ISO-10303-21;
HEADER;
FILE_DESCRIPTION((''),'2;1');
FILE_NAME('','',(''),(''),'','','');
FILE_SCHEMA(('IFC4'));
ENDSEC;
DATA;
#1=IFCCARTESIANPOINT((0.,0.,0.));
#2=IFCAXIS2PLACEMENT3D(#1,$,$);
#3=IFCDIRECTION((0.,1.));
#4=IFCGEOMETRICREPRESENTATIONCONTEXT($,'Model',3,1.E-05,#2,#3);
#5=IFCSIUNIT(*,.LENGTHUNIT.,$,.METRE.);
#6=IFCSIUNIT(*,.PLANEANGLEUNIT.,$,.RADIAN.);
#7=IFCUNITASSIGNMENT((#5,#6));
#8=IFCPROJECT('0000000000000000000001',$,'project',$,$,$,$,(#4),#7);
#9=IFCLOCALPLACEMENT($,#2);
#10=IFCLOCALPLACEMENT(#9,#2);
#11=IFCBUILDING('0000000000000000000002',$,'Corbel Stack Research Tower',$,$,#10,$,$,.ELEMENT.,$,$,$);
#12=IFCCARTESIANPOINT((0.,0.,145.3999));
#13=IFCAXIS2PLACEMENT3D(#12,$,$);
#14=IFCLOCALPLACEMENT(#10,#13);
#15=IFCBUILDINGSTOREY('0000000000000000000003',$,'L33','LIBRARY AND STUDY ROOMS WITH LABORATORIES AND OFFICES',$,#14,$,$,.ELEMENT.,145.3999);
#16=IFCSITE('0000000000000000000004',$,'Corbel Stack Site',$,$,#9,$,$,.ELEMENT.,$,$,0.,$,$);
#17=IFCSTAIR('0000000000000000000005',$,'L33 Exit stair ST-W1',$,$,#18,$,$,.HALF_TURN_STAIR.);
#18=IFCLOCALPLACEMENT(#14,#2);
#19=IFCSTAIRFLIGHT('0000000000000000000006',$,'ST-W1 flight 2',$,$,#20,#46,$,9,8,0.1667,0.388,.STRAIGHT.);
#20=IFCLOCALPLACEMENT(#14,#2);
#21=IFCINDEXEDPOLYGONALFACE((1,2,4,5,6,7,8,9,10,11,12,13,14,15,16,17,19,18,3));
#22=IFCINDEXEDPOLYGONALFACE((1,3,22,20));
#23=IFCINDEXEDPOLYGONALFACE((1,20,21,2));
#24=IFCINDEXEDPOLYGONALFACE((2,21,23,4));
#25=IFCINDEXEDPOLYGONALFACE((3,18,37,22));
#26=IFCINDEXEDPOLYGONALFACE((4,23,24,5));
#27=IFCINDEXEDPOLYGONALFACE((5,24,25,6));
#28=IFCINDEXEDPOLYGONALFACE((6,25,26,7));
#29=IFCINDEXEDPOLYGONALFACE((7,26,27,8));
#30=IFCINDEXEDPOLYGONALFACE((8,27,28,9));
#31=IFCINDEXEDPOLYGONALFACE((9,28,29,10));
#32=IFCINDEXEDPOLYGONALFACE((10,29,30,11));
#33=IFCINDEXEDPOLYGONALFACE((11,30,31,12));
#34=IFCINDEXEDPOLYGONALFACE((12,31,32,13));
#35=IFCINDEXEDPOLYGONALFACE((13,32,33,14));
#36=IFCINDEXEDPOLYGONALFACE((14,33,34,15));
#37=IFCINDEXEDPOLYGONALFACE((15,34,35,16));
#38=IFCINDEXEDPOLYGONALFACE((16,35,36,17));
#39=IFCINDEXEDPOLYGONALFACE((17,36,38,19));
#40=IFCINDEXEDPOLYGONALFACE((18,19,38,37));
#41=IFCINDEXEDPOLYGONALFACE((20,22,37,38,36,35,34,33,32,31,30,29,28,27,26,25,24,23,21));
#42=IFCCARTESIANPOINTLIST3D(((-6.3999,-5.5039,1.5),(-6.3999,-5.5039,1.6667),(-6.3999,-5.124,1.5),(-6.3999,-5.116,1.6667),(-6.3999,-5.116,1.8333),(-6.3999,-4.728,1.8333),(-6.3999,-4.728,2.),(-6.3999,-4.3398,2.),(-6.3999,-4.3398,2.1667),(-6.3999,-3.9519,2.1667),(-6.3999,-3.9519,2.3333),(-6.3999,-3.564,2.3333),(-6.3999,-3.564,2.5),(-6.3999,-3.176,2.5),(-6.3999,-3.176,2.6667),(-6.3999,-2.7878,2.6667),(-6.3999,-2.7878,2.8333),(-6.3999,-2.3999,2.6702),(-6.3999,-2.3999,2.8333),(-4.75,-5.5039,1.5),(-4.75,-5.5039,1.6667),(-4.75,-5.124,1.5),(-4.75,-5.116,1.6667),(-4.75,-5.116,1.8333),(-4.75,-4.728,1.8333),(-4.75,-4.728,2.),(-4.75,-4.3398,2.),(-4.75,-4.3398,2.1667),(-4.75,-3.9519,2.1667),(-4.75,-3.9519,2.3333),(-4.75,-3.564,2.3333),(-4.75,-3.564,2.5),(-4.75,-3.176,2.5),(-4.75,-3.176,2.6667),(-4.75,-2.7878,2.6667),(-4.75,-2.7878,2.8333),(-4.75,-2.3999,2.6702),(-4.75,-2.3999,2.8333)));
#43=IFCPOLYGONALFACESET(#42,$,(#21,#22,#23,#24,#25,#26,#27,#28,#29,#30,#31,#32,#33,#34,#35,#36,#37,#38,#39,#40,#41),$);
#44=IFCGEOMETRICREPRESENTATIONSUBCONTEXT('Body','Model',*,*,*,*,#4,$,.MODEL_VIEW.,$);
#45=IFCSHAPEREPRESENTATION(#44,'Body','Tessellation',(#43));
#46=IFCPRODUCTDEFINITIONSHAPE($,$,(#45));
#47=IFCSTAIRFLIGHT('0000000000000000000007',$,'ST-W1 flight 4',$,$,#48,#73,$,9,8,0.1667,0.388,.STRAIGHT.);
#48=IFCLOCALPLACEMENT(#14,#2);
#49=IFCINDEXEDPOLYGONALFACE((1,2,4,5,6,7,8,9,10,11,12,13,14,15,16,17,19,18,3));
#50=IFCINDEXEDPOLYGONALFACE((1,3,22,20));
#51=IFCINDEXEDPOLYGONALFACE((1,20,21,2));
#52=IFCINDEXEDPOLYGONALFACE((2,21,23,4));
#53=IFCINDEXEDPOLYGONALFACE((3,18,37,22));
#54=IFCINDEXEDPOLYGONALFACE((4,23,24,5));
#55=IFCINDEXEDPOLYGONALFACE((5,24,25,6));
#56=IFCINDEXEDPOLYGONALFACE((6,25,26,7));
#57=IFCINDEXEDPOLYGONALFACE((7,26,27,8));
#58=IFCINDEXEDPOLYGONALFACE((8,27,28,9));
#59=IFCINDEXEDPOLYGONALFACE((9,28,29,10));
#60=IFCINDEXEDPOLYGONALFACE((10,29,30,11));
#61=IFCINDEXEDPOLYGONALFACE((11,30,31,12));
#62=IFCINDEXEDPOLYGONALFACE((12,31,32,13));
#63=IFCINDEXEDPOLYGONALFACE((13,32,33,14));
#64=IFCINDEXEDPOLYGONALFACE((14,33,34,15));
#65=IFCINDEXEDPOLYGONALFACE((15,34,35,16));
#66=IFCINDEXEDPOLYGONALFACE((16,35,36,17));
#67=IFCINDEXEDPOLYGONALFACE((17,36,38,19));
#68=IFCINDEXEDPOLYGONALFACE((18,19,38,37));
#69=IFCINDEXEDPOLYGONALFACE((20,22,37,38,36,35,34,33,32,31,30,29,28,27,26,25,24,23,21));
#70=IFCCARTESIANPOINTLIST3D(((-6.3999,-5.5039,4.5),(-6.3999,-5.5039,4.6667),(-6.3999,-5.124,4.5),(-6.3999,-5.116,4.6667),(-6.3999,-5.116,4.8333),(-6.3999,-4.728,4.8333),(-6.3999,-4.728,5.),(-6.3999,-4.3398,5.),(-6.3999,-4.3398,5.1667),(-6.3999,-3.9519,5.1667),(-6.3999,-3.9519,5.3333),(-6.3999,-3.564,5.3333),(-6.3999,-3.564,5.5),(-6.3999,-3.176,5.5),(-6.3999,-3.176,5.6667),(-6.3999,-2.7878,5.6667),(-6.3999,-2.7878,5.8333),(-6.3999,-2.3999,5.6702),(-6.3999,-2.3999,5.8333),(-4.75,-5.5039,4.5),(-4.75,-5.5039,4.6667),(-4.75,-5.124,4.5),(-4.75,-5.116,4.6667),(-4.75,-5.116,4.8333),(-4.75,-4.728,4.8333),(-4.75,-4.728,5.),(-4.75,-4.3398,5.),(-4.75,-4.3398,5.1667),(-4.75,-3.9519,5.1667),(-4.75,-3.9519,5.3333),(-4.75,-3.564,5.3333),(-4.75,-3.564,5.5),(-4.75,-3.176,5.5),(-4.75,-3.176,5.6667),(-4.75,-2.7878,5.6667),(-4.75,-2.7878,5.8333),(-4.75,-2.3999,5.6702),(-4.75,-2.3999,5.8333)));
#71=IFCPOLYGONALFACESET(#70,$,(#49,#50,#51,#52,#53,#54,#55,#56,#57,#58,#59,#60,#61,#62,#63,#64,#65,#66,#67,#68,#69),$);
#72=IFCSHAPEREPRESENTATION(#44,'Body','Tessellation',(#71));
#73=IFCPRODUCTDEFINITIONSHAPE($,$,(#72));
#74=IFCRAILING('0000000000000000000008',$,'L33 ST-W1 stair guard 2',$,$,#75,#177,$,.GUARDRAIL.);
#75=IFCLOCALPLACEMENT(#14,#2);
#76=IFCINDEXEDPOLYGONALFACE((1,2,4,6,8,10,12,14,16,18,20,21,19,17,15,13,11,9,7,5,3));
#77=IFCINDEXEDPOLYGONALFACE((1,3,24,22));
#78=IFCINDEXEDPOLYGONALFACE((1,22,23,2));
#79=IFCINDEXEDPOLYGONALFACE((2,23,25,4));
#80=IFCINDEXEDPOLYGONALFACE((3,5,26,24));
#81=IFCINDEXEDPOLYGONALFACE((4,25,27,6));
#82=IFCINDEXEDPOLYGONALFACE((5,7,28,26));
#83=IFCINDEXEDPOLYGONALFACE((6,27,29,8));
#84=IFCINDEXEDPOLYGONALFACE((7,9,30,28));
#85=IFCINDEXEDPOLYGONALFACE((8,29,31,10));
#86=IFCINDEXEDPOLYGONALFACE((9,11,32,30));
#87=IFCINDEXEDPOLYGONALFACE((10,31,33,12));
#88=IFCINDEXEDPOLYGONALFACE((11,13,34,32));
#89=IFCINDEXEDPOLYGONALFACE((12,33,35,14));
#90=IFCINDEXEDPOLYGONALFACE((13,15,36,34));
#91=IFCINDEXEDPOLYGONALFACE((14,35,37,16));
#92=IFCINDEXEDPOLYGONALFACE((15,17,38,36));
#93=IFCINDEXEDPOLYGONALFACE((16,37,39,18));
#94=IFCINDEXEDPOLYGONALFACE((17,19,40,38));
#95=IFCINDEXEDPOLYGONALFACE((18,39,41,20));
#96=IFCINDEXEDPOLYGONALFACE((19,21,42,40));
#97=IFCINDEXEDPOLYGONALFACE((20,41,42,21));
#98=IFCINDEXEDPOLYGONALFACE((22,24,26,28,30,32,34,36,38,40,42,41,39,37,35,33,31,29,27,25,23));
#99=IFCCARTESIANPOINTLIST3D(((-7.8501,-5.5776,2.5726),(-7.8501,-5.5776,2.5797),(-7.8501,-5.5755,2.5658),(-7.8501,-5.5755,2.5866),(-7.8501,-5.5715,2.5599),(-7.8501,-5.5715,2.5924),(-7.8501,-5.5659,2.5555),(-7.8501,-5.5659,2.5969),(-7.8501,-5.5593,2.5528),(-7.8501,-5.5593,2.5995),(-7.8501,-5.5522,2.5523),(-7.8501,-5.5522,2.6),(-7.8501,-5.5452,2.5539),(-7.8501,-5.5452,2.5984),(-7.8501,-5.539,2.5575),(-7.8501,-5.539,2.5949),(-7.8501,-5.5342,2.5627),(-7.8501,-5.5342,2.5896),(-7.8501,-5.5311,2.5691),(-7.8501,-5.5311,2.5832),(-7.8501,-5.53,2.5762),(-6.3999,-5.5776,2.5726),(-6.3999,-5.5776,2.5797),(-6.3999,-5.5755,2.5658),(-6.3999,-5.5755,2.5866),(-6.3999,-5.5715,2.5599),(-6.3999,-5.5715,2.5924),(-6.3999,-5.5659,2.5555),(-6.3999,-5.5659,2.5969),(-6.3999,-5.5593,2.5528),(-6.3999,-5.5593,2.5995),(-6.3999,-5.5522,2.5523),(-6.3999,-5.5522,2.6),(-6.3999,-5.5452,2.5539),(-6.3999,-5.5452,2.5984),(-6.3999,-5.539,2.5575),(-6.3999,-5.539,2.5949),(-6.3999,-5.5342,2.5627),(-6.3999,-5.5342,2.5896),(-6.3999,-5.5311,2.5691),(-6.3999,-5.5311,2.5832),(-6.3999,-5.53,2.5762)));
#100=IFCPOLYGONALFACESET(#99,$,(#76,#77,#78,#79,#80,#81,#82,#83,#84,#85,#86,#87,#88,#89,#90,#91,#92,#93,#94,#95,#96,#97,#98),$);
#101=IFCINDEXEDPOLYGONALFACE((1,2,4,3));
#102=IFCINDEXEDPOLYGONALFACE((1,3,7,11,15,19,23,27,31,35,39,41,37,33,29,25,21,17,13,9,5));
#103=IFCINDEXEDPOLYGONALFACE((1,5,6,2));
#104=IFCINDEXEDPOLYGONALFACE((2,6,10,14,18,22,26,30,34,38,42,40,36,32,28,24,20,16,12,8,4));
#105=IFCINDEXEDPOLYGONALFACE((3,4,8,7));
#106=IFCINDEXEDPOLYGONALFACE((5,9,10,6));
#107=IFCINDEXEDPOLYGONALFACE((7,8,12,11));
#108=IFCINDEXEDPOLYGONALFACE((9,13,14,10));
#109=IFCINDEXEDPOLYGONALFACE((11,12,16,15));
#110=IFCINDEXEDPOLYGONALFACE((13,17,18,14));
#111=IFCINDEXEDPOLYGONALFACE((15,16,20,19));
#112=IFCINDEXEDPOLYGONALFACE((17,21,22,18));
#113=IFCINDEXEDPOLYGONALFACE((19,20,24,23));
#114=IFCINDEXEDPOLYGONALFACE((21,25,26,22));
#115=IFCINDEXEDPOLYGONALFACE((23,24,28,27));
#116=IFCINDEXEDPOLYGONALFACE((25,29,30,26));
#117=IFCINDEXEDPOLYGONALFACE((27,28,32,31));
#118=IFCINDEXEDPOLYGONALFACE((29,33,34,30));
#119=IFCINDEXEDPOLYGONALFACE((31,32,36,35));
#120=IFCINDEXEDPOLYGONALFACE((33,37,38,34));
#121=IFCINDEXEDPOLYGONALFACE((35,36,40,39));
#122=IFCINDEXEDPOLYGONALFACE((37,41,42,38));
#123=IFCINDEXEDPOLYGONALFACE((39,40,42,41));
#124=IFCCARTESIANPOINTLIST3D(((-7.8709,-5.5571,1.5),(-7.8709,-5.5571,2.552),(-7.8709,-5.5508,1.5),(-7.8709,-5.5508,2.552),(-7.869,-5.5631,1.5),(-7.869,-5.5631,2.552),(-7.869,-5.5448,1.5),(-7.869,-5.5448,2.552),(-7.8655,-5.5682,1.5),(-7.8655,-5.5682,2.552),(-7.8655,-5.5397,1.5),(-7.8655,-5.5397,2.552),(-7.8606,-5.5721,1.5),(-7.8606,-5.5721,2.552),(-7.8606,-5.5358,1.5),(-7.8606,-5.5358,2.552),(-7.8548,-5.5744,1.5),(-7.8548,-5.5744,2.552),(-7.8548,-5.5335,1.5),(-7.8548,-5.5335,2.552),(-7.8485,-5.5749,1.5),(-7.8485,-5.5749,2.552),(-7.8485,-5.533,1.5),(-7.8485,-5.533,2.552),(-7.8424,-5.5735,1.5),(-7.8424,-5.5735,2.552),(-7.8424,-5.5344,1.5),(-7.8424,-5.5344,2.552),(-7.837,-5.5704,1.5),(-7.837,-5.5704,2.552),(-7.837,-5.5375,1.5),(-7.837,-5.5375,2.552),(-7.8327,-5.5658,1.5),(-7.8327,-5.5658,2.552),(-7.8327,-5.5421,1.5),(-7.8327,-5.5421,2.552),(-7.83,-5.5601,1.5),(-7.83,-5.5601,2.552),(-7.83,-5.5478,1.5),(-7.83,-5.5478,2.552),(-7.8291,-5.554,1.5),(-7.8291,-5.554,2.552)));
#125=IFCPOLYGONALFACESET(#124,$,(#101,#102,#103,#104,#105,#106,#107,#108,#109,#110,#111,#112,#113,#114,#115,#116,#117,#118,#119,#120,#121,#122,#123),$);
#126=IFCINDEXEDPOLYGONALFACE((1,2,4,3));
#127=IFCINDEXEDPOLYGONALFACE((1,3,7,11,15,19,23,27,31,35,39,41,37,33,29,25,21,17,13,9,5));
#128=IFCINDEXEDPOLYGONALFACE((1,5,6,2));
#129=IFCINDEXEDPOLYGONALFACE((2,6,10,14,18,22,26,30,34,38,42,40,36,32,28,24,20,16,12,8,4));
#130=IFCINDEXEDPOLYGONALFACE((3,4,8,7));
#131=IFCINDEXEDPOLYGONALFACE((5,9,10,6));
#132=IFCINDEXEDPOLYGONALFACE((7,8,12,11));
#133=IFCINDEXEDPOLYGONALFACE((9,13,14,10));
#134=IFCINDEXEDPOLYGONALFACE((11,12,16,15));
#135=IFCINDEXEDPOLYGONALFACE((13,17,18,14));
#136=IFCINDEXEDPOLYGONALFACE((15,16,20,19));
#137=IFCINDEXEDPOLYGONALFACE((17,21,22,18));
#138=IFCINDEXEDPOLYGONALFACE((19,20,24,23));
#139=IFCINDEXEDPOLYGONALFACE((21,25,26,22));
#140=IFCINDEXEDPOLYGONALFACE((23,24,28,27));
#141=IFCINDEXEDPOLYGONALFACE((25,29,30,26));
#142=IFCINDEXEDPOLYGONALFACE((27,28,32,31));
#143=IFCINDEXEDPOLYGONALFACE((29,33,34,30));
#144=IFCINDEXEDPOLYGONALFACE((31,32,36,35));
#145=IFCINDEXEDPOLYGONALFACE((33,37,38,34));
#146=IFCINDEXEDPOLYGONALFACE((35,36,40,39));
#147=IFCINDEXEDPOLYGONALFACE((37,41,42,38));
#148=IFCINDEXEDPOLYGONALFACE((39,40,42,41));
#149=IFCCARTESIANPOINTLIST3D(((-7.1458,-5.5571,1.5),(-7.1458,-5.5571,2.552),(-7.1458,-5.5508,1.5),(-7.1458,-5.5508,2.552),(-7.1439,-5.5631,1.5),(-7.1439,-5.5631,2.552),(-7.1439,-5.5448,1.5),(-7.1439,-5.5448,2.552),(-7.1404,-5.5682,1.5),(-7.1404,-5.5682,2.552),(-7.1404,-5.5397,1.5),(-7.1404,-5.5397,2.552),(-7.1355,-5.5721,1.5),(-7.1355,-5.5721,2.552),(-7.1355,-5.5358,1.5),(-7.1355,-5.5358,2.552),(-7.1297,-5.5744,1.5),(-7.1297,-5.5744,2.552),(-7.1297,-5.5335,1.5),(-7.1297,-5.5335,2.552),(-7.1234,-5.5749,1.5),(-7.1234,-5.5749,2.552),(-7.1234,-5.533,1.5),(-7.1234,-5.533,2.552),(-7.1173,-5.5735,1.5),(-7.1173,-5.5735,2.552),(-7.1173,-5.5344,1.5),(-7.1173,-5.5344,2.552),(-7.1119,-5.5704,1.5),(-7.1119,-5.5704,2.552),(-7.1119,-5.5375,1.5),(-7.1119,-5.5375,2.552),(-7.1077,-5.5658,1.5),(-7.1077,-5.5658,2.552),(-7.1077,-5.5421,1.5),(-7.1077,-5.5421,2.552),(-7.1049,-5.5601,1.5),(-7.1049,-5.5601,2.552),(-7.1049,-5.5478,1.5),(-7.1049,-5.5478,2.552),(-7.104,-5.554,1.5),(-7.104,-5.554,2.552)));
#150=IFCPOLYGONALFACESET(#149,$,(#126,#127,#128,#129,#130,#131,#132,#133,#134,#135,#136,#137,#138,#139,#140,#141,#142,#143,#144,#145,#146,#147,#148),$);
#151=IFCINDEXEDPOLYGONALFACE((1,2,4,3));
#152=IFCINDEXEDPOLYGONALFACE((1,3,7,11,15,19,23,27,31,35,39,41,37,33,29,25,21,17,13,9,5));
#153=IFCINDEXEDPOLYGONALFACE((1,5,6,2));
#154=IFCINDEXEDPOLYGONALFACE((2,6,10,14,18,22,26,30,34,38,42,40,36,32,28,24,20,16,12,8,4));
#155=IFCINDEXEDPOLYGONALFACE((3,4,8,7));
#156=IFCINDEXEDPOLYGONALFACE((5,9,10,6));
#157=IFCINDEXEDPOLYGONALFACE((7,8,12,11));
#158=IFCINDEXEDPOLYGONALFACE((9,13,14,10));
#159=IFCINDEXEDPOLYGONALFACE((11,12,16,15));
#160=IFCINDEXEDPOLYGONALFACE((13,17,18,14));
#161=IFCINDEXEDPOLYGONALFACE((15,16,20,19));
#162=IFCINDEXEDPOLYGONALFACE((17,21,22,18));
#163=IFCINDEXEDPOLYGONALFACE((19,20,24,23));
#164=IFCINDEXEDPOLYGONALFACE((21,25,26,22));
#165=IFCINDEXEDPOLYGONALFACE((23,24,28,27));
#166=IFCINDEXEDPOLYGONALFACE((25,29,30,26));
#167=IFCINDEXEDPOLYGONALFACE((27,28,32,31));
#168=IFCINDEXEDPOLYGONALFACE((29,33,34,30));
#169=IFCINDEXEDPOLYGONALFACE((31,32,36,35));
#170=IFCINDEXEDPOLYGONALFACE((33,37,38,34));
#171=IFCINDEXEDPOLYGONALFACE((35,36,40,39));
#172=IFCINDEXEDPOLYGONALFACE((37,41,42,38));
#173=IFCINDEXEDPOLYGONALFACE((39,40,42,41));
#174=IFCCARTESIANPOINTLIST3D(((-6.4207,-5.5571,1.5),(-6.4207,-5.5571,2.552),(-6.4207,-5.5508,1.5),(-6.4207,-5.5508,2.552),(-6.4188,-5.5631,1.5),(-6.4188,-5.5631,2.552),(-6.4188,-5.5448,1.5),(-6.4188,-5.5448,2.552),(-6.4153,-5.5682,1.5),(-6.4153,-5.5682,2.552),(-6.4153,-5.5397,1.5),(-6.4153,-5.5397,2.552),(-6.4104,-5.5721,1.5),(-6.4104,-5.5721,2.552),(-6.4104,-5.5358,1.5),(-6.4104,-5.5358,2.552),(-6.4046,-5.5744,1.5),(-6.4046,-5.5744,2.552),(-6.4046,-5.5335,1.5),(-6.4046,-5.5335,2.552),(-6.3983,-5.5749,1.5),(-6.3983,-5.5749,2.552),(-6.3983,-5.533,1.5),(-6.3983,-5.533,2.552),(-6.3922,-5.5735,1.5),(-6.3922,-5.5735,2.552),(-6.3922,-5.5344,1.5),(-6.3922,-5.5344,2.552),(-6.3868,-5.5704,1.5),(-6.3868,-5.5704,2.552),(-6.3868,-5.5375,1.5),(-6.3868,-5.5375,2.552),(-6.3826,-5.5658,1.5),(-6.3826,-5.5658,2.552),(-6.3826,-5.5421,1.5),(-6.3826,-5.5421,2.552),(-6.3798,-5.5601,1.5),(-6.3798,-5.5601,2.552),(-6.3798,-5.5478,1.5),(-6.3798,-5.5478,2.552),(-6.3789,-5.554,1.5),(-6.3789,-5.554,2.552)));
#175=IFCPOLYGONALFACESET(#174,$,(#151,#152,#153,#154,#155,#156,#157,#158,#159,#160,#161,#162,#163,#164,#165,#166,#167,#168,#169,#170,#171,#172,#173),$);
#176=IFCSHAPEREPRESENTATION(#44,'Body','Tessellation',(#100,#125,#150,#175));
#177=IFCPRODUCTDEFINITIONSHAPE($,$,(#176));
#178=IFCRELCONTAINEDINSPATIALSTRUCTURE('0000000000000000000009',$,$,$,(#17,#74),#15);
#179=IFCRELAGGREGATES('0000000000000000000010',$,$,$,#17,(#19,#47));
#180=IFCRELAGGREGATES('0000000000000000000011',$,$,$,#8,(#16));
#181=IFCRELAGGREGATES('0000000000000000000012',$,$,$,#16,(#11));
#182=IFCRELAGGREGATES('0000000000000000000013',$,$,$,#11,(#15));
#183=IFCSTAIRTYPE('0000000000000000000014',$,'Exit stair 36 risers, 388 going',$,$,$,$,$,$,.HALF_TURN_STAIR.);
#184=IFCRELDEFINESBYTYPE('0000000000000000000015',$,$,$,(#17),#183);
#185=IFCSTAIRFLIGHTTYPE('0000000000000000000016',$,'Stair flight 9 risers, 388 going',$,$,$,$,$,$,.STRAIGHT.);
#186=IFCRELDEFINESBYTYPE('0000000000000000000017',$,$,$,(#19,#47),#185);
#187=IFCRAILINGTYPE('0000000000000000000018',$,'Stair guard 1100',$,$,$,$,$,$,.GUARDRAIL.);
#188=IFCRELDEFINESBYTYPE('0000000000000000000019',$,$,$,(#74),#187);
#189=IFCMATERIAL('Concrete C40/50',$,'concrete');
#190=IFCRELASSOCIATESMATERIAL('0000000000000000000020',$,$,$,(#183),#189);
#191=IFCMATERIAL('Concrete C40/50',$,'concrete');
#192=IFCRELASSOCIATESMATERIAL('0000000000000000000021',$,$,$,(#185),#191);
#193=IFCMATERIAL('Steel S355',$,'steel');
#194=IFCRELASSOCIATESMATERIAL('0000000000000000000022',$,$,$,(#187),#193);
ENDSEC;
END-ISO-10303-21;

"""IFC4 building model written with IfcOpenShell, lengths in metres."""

from ifc_helpers import new_model, si_unit, direction, frame, origin, origin_2d, place, context, subcontext, project, spatial, polyline, circle, outline, extrude, material, type_object, element, aggregate, save


model = new_model("IFC4")

# Units and contexts
model_context = context("Model", 3, precision=1e-05, world=origin(), true_north=direction((0.0, 1.0)))
body_context = subcontext(model_context, "Body", "Model", "MODEL_VIEW")
ifc_project = project(units=[si_unit("LENGTHUNIT", "METRE"), si_unit("PLANEANGLEUNIT", "RADIAN")], contexts=[model_context])

# Site, building, storey
site_placement = place(None, origin())
site = spatial("IfcSite", under=ifc_project, at=site_placement, Name="Corbel Stack Site", CompositionType="ELEMENT", RefElevation=0.0)
building_placement = place(site_placement, origin())
building = spatial("IfcBuilding", under=site, at=building_placement, Name="Corbel Stack Research Tower", CompositionType="ELEMENT")
storey_placement = place(building_placement, frame((0.0, 0.0, 145.3999)))
storey = spatial("IfcBuildingStorey", under=building, at=storey_placement, Name="L33", Description="LIBRARY AND STUDY ROOMS WITH LABORATORIES AND OFFICES", CompositionType="ELEMENT", Elevation=145.3999)

# Stair, stair flights
ifc_material_1 = material(Name="Concrete C40/50", Category="concrete")
stair_type = type_object("IfcStairType", Name="Exit stair 36 risers, 388 going", PredefinedType="HALF_TURN_STAIR", material=ifc_material_1)
stair_placement = place(storey_placement, origin())
stair = element("IfcStair", 1, at=stair_placement, inside=storey, type_object=stair_type, Name="L33 Exit stair ST-W1", PredefinedType="HALF_TURN_STAIR")
ifc_material_2 = material(Name="Concrete C40/50", Category="concrete")
stair_flight_type = type_object("IfcStairFlightType", Name="Stair flight 9 risers, 388 going", PredefinedType="STRAIGHT", material=ifc_material_2)
stair_flight_1_placement = place(storey_placement, frame((-5.575, -5.5039, 1.5), z_axis=(0.0, 0.0, 1.0), x_axis=(0.0, 1.0, 0.0)))
stair_flight_1 = element("IfcStairFlight", 2, at=stair_flight_1_placement, type_object=stair_flight_type, Name="ST-W1 flight 2", NumberOfRisers=9, NumberOfTreads=8, PredefinedType="STRAIGHT", RiserHeight=0.1667, TreadLength=0.388, context=body_context, shape_type="SweptSolid", body=[
    extrude(outline(polyline([(0.0, 0.0), (0.0, 0.1667), (0.3879, 0.1667), (0.3879, 0.3333), (0.7759, 0.3333), (0.7759, 0.5), (1.1641, 0.5), (1.1641, 0.6667), (1.552, 0.6667), (1.552, 0.8333), (1.9399, 0.8333), (1.9399, 1.0), (2.3279, 1.0), (2.3279, 1.1667), (2.7161, 1.1667), (2.7161, 1.3333), (3.104, 1.3333), (3.104, 1.5), (3.104, 1.1702), (0.3799, 0.0), (0.0, 0.0)])), frame((0.0, 0.825, 0.0), z_axis=(0.0, -1.0, 0.0), x_axis=(1.0, 0.0, 0.0)), (0.0, 0.0, 1.0), 1.6499),
])
stair_flight_2_placement = place(storey_placement, frame((-5.575, -5.5039, 4.5), z_axis=(0.0, 0.0, 1.0), x_axis=(0.0, 1.0, 0.0)))
stair_flight_2 = element("IfcStairFlight", 3, at=stair_flight_2_placement, type_object=stair_flight_type, Name="ST-W1 flight 4", NumberOfRisers=9, NumberOfTreads=8, PredefinedType="STRAIGHT", RiserHeight=0.1667, TreadLength=0.388, context=body_context, shape_type="SweptSolid", body=[
    extrude(outline(polyline([(0.0, 0.0), (0.0, 0.1667), (0.3879, 0.1667), (0.3879, 0.3333), (0.7759, 0.3333), (0.7759, 0.5), (1.1641, 0.5), (1.1641, 0.6667), (1.552, 0.6667), (1.552, 0.8333), (1.9399, 0.8333), (1.9399, 1.0), (2.3279, 1.0), (2.3279, 1.1667), (2.7161, 1.1667), (2.7161, 1.3333), (3.104, 1.3333), (3.104, 1.5), (3.104, 1.1702), (0.3799, 0.0), (0.0, 0.0)])), frame((0.0, 0.825, 0.0), z_axis=(0.0, -1.0, 0.0), x_axis=(1.0, 0.0, 0.0)), (0.0, 0.0, 1.0), 1.6499),
])
aggregate(stair, [stair_flight_1, stair_flight_2])

# Railing
ifc_material_3 = material(Name="Steel S355", Category="steel")
railing_type_1 = type_object("IfcRailingType", Name="Stair guard 1100", PredefinedType="GUARDRAIL", material=ifc_material_3)
railing_1_placement = place(storey_placement, frame((-7.8501, -5.554, 1.5)))
element("IfcRailing", 4, at=railing_1_placement, inside=storey, type_object=railing_type_1, Name="L33 ST-W1 stair guard 2", PredefinedType="GUARDRAIL", context=body_context, shape_type="SweptSolid", body=[
    extrude(circle(Radius=0.0239, at=origin_2d()), frame((0.0, 0.0, 1.0762), z_axis=(1.0, 0.0, 0.0), x_axis=(0.0, 1.0, 0.0)), (0.0, 0.0, 1.0), 1.4502),
    extrude(circle(Radius=0.021, at=origin_2d()), origin(), (0.0, 0.0, 1.0), 1.052),
    extrude(circle(Radius=0.021, at=origin_2d()), frame((0.7251, 0.0, 0.0)), (0.0, 0.0, 1.0), 1.052),
    extrude(circle(Radius=0.021, at=origin_2d()), frame((1.4502, 0.0, 0.0)), (0.0, 0.0, 1.0), 1.052),
])

save(model, "model.ifc")
